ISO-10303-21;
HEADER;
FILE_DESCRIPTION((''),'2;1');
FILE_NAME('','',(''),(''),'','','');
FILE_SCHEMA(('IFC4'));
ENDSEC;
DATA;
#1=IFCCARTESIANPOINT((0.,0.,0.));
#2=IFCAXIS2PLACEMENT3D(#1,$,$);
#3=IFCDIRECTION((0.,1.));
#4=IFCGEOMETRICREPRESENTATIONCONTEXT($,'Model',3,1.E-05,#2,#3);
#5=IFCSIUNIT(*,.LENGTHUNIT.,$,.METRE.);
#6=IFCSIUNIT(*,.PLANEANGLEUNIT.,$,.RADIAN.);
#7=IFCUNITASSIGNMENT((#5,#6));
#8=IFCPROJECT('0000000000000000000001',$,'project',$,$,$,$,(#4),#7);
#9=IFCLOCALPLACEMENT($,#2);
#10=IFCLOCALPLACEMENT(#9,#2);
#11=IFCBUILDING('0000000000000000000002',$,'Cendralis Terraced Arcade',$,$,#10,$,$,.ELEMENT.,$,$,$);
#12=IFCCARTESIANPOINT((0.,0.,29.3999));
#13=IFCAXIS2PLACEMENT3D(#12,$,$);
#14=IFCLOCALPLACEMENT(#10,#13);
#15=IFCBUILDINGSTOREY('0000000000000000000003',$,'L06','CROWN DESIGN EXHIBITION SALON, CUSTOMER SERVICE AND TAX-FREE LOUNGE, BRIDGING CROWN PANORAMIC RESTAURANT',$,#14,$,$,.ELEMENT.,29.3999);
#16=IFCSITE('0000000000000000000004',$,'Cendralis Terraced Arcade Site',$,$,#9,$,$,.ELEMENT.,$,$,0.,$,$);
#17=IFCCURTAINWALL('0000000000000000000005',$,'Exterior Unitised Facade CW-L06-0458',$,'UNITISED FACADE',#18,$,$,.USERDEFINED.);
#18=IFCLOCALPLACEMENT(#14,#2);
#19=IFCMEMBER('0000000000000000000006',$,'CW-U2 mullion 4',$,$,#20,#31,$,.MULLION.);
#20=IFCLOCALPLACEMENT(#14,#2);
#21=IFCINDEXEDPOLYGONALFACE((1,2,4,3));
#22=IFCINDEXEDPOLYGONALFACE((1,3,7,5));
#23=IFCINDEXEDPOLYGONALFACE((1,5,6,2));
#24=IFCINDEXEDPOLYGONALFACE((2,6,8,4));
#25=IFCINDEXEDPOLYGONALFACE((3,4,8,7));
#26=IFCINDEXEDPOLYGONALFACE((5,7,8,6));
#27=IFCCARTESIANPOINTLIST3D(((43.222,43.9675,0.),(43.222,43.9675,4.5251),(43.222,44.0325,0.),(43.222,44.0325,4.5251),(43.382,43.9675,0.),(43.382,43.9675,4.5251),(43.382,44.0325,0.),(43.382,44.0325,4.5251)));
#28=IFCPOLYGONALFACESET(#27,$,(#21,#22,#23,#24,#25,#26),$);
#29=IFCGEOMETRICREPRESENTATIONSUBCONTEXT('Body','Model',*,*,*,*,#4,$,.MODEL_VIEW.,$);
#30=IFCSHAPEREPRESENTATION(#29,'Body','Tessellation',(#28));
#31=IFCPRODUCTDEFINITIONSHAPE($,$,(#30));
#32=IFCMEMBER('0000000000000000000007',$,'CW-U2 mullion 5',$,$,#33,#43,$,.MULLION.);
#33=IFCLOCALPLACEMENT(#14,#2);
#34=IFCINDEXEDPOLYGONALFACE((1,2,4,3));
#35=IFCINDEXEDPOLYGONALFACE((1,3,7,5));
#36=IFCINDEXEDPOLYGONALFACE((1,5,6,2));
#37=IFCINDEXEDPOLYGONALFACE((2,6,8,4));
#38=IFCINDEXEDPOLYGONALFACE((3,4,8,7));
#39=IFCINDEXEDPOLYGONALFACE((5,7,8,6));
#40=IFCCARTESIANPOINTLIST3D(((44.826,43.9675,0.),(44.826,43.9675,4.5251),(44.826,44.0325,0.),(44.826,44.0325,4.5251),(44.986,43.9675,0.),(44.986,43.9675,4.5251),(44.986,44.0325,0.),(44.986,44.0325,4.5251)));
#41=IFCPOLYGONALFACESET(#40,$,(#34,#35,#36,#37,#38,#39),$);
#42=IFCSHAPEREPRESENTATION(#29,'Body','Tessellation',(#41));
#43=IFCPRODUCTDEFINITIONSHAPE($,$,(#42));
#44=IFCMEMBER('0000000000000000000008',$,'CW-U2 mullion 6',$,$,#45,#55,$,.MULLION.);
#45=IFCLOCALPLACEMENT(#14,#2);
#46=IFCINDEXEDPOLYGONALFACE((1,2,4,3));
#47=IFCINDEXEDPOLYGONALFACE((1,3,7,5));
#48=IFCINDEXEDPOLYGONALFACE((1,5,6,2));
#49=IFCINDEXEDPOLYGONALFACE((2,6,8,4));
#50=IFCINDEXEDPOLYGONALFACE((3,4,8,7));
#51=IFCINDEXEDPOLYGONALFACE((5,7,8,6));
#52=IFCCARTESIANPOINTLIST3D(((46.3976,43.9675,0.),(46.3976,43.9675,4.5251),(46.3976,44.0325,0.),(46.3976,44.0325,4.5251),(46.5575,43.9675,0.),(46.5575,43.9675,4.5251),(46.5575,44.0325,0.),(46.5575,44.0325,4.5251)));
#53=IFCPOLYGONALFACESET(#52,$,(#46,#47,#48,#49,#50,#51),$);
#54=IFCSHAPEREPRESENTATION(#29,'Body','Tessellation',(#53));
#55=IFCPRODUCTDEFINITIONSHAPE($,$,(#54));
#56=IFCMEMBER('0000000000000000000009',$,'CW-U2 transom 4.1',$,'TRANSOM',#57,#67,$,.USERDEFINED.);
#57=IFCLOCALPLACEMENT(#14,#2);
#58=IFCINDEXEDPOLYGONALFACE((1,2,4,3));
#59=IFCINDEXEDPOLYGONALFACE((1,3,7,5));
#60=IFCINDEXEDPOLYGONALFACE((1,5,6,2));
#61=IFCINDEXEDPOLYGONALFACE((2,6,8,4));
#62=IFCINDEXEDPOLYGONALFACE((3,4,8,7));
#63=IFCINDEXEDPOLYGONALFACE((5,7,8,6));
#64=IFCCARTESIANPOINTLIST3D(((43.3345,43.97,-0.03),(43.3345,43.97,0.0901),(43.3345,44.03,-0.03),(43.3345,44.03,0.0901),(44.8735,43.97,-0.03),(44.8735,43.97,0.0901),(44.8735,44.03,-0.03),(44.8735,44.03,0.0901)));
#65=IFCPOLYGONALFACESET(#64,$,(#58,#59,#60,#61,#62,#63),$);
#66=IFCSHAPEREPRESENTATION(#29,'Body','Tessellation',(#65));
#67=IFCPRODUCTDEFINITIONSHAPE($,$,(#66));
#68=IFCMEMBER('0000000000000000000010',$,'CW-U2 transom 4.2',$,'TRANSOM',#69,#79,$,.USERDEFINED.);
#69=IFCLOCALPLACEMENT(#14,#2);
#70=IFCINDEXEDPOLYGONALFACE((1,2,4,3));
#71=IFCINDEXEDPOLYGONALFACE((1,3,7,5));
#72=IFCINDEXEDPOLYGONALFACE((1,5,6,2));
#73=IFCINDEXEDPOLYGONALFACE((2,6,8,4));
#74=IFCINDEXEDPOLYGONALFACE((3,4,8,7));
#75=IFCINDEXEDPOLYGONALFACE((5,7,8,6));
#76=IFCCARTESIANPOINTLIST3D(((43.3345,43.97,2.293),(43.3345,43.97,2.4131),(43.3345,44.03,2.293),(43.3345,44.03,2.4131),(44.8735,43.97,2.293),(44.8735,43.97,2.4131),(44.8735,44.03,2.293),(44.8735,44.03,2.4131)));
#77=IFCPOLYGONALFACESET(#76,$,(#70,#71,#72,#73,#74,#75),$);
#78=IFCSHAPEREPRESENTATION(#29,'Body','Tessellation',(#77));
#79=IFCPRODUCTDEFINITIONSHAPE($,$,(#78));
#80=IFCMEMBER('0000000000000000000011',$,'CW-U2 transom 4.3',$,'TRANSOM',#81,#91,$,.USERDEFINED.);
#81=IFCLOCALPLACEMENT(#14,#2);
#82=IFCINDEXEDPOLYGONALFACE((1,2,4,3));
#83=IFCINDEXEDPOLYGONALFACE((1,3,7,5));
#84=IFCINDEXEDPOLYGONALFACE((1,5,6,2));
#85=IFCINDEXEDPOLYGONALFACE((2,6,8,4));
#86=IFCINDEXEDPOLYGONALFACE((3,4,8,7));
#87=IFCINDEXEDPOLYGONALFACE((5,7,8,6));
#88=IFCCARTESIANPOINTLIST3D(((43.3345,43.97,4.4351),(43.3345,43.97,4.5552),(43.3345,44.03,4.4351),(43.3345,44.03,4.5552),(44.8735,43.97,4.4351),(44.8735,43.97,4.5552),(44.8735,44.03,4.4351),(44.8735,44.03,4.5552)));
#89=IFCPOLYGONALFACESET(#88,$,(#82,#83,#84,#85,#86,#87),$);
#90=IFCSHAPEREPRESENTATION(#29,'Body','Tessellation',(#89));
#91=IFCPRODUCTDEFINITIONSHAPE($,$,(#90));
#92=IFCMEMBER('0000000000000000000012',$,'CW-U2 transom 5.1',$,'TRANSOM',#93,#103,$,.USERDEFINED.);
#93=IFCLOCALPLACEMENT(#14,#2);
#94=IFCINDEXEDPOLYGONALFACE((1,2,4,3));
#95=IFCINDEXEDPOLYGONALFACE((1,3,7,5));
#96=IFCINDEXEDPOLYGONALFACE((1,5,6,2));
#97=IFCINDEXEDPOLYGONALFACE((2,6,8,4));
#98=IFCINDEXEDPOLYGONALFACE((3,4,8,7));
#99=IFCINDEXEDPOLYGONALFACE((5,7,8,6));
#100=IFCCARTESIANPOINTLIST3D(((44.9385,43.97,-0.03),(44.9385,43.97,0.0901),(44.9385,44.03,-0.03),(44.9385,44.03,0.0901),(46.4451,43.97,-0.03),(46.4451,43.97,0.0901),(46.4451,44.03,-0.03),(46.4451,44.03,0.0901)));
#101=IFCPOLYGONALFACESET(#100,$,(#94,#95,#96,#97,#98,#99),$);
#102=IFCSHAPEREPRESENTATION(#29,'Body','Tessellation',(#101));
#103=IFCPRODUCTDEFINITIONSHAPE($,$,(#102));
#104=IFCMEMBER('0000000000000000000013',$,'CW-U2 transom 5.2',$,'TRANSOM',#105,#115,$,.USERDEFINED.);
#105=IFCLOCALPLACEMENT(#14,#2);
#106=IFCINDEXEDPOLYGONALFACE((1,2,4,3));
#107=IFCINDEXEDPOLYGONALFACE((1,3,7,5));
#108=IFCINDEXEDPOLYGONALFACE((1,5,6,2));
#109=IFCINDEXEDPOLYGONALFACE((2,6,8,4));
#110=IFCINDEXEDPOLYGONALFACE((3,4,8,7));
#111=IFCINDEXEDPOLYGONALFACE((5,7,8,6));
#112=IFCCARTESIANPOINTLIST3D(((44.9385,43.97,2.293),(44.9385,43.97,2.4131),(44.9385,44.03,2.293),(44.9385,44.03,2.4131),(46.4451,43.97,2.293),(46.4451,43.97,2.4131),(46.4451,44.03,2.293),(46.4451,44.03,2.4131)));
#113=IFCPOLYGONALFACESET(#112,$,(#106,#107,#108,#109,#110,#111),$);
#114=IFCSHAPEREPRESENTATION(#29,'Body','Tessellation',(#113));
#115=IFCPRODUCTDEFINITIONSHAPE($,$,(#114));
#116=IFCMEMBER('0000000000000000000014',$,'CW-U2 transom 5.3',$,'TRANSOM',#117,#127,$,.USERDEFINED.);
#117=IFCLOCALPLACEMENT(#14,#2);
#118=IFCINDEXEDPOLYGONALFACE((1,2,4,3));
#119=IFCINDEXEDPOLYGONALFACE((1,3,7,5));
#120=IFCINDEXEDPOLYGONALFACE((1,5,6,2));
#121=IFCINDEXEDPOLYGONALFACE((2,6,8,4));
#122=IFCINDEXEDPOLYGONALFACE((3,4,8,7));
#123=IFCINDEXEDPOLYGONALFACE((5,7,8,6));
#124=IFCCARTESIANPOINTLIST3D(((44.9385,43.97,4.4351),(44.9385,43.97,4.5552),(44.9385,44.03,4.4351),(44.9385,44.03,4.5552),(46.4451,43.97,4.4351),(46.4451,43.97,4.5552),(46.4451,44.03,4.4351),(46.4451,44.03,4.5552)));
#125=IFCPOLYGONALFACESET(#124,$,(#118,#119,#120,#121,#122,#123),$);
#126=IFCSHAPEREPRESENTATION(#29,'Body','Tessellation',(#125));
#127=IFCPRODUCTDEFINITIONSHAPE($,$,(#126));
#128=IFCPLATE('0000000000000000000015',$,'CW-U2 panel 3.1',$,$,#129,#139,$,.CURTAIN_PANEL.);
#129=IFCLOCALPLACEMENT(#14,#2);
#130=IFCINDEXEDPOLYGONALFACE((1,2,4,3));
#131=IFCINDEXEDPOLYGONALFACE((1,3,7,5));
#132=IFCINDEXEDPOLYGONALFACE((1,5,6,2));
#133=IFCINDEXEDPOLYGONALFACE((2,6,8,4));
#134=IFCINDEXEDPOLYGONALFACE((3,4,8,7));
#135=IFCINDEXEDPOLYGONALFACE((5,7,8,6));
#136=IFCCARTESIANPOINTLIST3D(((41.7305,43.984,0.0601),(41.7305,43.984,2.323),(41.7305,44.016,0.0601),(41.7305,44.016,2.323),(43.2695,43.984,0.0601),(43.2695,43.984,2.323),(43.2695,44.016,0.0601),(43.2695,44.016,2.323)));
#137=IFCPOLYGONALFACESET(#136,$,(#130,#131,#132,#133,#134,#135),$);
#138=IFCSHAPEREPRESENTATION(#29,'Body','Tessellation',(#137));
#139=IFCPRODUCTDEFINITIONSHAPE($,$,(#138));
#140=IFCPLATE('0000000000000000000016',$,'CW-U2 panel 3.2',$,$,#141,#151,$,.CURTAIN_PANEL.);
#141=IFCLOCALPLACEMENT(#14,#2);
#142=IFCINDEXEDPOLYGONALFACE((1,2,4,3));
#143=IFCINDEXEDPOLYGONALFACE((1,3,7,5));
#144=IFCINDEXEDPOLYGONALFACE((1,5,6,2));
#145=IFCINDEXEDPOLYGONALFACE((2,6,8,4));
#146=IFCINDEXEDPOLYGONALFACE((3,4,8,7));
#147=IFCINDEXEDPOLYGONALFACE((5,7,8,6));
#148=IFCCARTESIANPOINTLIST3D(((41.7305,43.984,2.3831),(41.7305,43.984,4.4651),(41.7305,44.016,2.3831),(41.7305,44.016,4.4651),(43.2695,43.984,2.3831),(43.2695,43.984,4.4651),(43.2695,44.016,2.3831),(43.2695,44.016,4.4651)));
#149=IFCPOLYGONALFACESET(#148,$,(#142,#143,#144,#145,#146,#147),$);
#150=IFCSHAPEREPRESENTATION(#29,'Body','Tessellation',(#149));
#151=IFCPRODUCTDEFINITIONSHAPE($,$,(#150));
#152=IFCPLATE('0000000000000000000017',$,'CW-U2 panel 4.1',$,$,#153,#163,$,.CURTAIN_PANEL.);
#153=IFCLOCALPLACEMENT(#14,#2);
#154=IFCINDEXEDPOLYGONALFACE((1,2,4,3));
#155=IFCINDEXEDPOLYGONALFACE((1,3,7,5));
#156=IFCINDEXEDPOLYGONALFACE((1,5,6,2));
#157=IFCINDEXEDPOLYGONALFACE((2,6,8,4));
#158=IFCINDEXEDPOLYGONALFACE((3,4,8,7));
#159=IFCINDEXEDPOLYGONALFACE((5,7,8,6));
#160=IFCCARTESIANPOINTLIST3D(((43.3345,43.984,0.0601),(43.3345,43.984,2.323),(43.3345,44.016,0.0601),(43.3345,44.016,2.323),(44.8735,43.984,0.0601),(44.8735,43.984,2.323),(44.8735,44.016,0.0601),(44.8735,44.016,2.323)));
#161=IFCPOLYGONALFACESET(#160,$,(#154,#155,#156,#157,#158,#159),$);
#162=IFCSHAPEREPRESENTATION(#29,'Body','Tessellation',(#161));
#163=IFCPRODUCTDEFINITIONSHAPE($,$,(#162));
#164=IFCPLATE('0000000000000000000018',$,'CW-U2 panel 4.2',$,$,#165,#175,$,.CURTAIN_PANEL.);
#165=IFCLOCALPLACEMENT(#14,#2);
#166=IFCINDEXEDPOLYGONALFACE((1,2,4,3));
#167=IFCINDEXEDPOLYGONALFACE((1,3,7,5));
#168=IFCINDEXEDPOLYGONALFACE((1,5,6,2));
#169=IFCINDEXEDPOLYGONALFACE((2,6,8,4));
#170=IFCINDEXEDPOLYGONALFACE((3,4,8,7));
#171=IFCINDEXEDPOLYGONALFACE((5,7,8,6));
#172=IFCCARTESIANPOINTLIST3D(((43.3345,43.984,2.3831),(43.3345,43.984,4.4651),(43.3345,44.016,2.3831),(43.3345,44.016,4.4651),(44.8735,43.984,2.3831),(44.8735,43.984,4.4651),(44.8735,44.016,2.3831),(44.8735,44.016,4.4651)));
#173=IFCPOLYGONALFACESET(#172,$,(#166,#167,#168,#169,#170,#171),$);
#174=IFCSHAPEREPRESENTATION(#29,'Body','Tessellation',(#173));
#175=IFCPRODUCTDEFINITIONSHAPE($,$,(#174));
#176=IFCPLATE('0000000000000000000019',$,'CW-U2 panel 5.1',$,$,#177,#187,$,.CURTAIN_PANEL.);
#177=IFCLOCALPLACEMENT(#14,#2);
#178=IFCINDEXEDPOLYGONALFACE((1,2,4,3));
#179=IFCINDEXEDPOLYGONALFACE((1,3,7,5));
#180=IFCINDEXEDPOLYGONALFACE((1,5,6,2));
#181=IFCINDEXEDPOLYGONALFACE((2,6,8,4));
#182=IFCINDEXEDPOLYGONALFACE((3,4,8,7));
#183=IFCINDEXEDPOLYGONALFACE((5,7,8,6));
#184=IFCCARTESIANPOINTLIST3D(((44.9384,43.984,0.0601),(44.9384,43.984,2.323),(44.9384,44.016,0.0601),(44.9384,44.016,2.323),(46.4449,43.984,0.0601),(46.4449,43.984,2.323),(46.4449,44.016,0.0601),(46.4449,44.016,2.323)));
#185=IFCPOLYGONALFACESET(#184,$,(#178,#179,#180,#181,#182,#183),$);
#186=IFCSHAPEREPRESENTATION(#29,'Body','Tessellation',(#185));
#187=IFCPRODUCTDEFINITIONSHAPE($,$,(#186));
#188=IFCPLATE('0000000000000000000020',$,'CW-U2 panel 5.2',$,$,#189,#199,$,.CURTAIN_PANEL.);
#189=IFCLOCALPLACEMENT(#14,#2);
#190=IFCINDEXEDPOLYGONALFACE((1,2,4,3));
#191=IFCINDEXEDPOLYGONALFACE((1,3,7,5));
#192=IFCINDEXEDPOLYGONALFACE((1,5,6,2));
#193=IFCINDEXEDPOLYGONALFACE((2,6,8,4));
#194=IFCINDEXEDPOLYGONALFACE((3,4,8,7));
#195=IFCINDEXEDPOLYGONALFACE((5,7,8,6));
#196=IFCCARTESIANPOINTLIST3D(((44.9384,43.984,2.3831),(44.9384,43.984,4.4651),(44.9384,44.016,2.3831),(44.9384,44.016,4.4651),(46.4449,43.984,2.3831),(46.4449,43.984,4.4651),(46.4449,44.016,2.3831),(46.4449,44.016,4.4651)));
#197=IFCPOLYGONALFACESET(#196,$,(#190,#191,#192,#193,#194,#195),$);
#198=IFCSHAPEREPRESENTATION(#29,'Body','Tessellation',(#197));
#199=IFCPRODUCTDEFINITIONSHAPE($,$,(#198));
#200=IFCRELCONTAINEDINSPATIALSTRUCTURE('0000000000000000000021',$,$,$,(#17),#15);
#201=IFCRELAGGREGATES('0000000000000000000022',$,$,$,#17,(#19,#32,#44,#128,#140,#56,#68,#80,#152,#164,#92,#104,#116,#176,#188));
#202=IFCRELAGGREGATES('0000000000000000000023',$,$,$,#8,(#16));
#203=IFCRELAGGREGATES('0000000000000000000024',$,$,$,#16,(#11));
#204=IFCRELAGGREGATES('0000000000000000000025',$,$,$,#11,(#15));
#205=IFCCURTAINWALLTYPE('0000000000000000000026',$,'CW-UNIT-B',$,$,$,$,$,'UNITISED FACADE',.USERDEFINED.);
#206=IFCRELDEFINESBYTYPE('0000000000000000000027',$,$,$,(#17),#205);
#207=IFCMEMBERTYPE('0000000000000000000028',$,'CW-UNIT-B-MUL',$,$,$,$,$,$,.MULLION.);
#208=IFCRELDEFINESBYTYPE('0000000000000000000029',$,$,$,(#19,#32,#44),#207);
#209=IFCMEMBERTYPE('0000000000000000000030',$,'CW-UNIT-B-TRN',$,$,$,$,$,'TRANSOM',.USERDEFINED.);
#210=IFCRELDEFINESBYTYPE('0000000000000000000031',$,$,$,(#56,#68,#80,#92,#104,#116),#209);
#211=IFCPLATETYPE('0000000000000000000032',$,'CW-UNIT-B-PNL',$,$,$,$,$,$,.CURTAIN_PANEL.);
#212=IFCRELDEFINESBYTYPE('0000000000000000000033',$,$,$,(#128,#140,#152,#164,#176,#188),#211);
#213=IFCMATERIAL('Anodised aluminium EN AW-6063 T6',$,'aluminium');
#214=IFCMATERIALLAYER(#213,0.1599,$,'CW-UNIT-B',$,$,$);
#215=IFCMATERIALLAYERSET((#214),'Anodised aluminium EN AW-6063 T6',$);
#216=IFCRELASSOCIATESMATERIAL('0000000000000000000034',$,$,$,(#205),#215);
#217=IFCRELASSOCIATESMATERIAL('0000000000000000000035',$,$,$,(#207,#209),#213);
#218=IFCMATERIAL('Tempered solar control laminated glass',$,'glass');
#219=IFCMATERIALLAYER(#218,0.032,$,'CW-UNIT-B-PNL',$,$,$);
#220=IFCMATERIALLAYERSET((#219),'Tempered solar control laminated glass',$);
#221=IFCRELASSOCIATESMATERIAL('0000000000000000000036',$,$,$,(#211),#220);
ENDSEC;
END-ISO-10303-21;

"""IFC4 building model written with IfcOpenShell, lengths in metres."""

from ifc_helpers import new_model, si_unit, direction, frame, origin, origin_2d, place, context, subcontext, project, spatial, rectangle, extrude, material, layer, layer_set, material_profile, profile_set, type_object, element, aggregate, save


model = new_model("IFC4")

# Units and contexts
model_context = context("Model", 3, precision=1e-05, world=origin(), true_north=direction((0.0, 1.0)))
body_context = subcontext(model_context, "Body", "Model", "MODEL_VIEW")
ifc_project = project(units=[si_unit("LENGTHUNIT", "METRE"), si_unit("PLANEANGLEUNIT", "RADIAN")], contexts=[model_context])

# Site, building, storey
site_placement = place(None, origin())
site = spatial("IfcSite", under=ifc_project, at=site_placement, Name="Cendralis Terraced Arcade Site", CompositionType="ELEMENT", RefElevation=0.0)
building_placement = place(site_placement, origin())
building = spatial("IfcBuilding", under=site, at=building_placement, Name="Cendralis Terraced Arcade", CompositionType="ELEMENT")
storey_placement = place(building_placement, frame((0.0, 0.0, 29.3999)))
storey = spatial("IfcBuildingStorey", under=building, at=storey_placement, Name="L06", Description="CROWN DESIGN EXHIBITION SALON, CUSTOMER SERVICE AND TAX-FREE LOUNGE, BRIDGING CROWN PANORAMIC RESTAURANT", CompositionType="ELEMENT", Elevation=29.3999)

# Curtain wall, members, plates
ifc_material_1 = material(Name="Anodised aluminium EN AW-6063 T6", Category="aluminium")
ifc_layer_1 = layer(ifc_material_1, 0.1599, Name="CW-UNIT-B")
ifc_layer_set_1 = layer_set([ifc_layer_1], Name="Anodised aluminium EN AW-6063 T6")
curtain_wall_type = type_object("IfcCurtainWallType", Name="CW-UNIT-B", ElementType="UNITISED FACADE", PredefinedType="USERDEFINED", material=ifc_layer_set_1)
curtain_wall_placement = place(storey_placement, origin())
curtain_wall = element("IfcCurtainWall", 1, at=curtain_wall_placement, inside=storey, type_object=curtain_wall_type, Name="Exterior Unitised Facade CW-L06-0458", ObjectType="UNITISED FACADE", PredefinedType="USERDEFINED")
ifc_material_profile_1 = material_profile(ifc_material_1, rectangle(XDim=0.0649, YDim=0.1599, at=origin_2d()), Name="ALU-MUL-65x160")
ifc_profile_set_1 = profile_set([ifc_material_profile_1], Name="Anodised aluminium EN AW-6063 T6")
member_type_1 = type_object("IfcMemberType", Name="CW-UNIT-B-MUL", PredefinedType="MULLION", material=ifc_profile_set_1)
member_1_placement = place(storey_placement, frame((43.302, 44.0, 0.0), z_axis=(0.0, 0.0, 1.0), x_axis=(0.0, 1.0, 0.0)))
member_1 = element("IfcMember", 2, at=member_1_placement, type_object=member_type_1, Name="CW-U2 mullion 4", PredefinedType="MULLION", context=body_context, shape_type="SweptSolid", body=[
    extrude(rectangle(XDim=0.0649, YDim=0.1599, at=origin_2d()), origin(), (0.0, 0.0, 1.0), 4.5251),
])
member_2_placement = place(storey_placement, frame((44.906, 44.0, 0.0), z_axis=(0.0, 0.0, 1.0), x_axis=(0.0, 1.0, 0.0)))
member_2 = element("IfcMember", 3, at=member_2_placement, type_object=member_type_1, Name="CW-U2 mullion 5", PredefinedType="MULLION", context=body_context, shape_type="SweptSolid", body=[
    extrude(rectangle(XDim=0.0649, YDim=0.1599, at=origin_2d()), origin(), (0.0, 0.0, 1.0), 4.5251),
])
member_3_placement = place(storey_placement, frame((46.4775, 44.0, 0.0), z_axis=(0.0, 0.0, 1.0), x_axis=(0.0, 1.0, 0.0)))
member_3 = element("IfcMember", 4, at=member_3_placement, type_object=member_type_1, Name="CW-U2 mullion 6", PredefinedType="MULLION", context=body_context, shape_type="SweptSolid", body=[
    extrude(rectangle(XDim=0.0649, YDim=0.1599, at=origin_2d()), origin(), (0.0, 0.0, 1.0), 4.5251),
])
ifc_material_profile_2 = material_profile(ifc_material_1, rectangle(XDim=0.0601, YDim=0.1201, at=origin_2d()), Name="ALU-TRN-60x120")
ifc_profile_set_2 = profile_set([ifc_material_profile_2], Name="Anodised aluminium EN AW-6063 T6")
member_type_2 = type_object("IfcMemberType", Name="CW-UNIT-B-TRN", ElementType="TRANSOM", PredefinedType="USERDEFINED", material=ifc_profile_set_2)
member_4_placement = place(storey_placement, frame((43.3345, 44.0, 0.03), z_axis=(1.0, 0.0, 0.0), x_axis=(0.0, 1.0, 0.0)))
member_4 = element("IfcMember", 5, at=member_4_placement, type_object=member_type_2, Name="CW-U2 transom 4.1", ObjectType="TRANSOM", PredefinedType="USERDEFINED", context=body_context, shape_type="SweptSolid", body=[
    extrude(rectangle(XDim=0.0601, YDim=0.1201, at=origin_2d()), origin(), (0.0, 0.0, 1.0), 1.5391),
])
member_5_placement = place(storey_placement, frame((43.3345, 44.0, 2.353), z_axis=(1.0, 0.0, 0.0), x_axis=(0.0, 1.0, 0.0)))
member_5 = element("IfcMember", 6, at=member_5_placement, type_object=member_type_2, Name="CW-U2 transom 4.2", ObjectType="TRANSOM", PredefinedType="USERDEFINED", context=body_context, shape_type="SweptSolid", body=[
    extrude(rectangle(XDim=0.0601, YDim=0.1201, at=origin_2d()), origin(), (0.0, 0.0, 1.0), 1.5391),
])
member_6_placement = place(storey_placement, frame((43.3345, 44.0, 4.4951), z_axis=(1.0, 0.0, 0.0), x_axis=(0.0, 1.0, 0.0)))
member_6 = element("IfcMember", 7, at=member_6_placement, type_object=member_type_2, Name="CW-U2 transom 4.3", ObjectType="TRANSOM", PredefinedType="USERDEFINED", context=body_context, shape_type="SweptSolid", body=[
    extrude(rectangle(XDim=0.0601, YDim=0.1201, at=origin_2d()), origin(), (0.0, 0.0, 1.0), 1.5391),
])
member_7_placement = place(storey_placement, frame((44.9385, 44.0, 0.03), z_axis=(1.0, 0.0, 0.0), x_axis=(0.0, 1.0, 0.0)))
member_7 = element("IfcMember", 8, at=member_7_placement, type_object=member_type_2, Name="CW-U2 transom 5.1", ObjectType="TRANSOM", PredefinedType="USERDEFINED", context=body_context, shape_type="SweptSolid", body=[
    extrude(rectangle(XDim=0.0601, YDim=0.1201, at=origin_2d()), origin(), (0.0, 0.0, 1.0), 1.5066),
])
member_8_placement = place(storey_placement, frame((44.9385, 44.0, 2.353), z_axis=(1.0, 0.0, 0.0), x_axis=(0.0, 1.0, 0.0)))
member_8 = element("IfcMember", 9, at=member_8_placement, type_object=member_type_2, Name="CW-U2 transom 5.2", ObjectType="TRANSOM", PredefinedType="USERDEFINED", context=body_context, shape_type="SweptSolid", body=[
    extrude(rectangle(XDim=0.0601, YDim=0.1201, at=origin_2d()), origin(), (0.0, 0.0, 1.0), 1.5066),
])
member_9_placement = place(storey_placement, frame((44.9385, 44.0, 4.4951), z_axis=(1.0, 0.0, 0.0), x_axis=(0.0, 1.0, 0.0)))
member_9 = element("IfcMember", 10, at=member_9_placement, type_object=member_type_2, Name="CW-U2 transom 5.3", ObjectType="TRANSOM", PredefinedType="USERDEFINED", context=body_context, shape_type="SweptSolid", body=[
    extrude(rectangle(XDim=0.0601, YDim=0.1201, at=origin_2d()), origin(), (0.0, 0.0, 1.0), 1.5066),
])
ifc_material_2 = material(Name="Tempered solar control laminated glass", Category="glass")
ifc_layer_2 = layer(ifc_material_2, 0.032, Name="CW-UNIT-B-PNL")
ifc_layer_set_2 = layer_set([ifc_layer_2], Name="Tempered solar control laminated glass")
plate_type = type_object("IfcPlateType", Name="CW-UNIT-B-PNL", PredefinedType="CURTAIN_PANEL", material=ifc_layer_set_2)
plate_1_placement = place(storey_placement, frame((42.5, 44.0, 0.0601), z_axis=(0.0, 0.0, 1.0), x_axis=(1.0, 0.0, 0.0)))
plate_1 = element("IfcPlate", 11, at=plate_1_placement, type_object=plate_type, Name="CW-U2 panel 3.1", PredefinedType="CURTAIN_PANEL", context=body_context, shape_type="SweptSolid", body=[
    extrude(rectangle(XDim=1.5391, YDim=0.032, at=origin_2d()), origin(), (0.0, 0.0, 1.0), 2.2629),
])
plate_2_placement = place(storey_placement, frame((42.5, 44.0, 2.3831), z_axis=(0.0, 0.0, 1.0), x_axis=(1.0, 0.0, 0.0)))
plate_2 = element("IfcPlate", 12, at=plate_2_placement, type_object=plate_type, Name="CW-U2 panel 3.2", PredefinedType="CURTAIN_PANEL", context=body_context, shape_type="SweptSolid", body=[
    extrude(rectangle(XDim=1.5391, YDim=0.032, at=origin_2d()), origin(), (0.0, 0.0, 1.0), 2.082),
])
plate_3_placement = place(storey_placement, frame((44.104, 44.0, 0.0601), z_axis=(0.0, 0.0, 1.0), x_axis=(1.0, 0.0, 0.0)))
plate_3 = element("IfcPlate", 13, at=plate_3_placement, type_object=plate_type, Name="CW-U2 panel 4.1", PredefinedType="CURTAIN_PANEL", context=body_context, shape_type="SweptSolid", body=[
    extrude(rectangle(XDim=1.5391, YDim=0.032, at=origin_2d()), origin(), (0.0, 0.0, 1.0), 2.2629),
])
plate_4_placement = place(storey_placement, frame((44.104, 44.0, 2.3831), z_axis=(0.0, 0.0, 1.0), x_axis=(1.0, 0.0, 0.0)))
plate_4 = element("IfcPlate", 14, at=plate_4_placement, type_object=plate_type, Name="CW-U2 panel 4.2", PredefinedType="CURTAIN_PANEL", context=body_context, shape_type="SweptSolid", body=[
    extrude(rectangle(XDim=1.5391, YDim=0.032, at=origin_2d()), origin(), (0.0, 0.0, 1.0), 2.082),
])
plate_5_placement = place(storey_placement, frame((45.6917, 44.0, 0.0601), z_axis=(0.0, 0.0, 1.0), x_axis=(1.0, 0.0, 0.0)))
plate_5 = element("IfcPlate", 15, at=plate_5_placement, type_object=plate_type, Name="CW-U2 panel 5.1", PredefinedType="CURTAIN_PANEL", context=body_context, shape_type="SweptSolid", body=[
    extrude(rectangle(XDim=1.5066, YDim=0.032, at=origin_2d()), origin(), (0.0, 0.0, 1.0), 2.2629),
])
plate_6_placement = place(storey_placement, frame((45.6917, 44.0, 2.3831), z_axis=(0.0, 0.0, 1.0), x_axis=(1.0, 0.0, 0.0)))
plate_6 = element("IfcPlate", 16, at=plate_6_placement, type_object=plate_type, Name="CW-U2 panel 5.2", PredefinedType="CURTAIN_PANEL", context=body_context, shape_type="SweptSolid", body=[
    extrude(rectangle(XDim=1.5066, YDim=0.032, at=origin_2d()), origin(), (0.0, 0.0, 1.0), 2.082),
])
aggregate(curtain_wall, [member_1, member_2, member_3, plate_1, plate_2, member_4, member_5, member_6, plate_3, plate_4, member_7, member_8, member_9, plate_5, plate_6])

save(model, "model.ifc")
